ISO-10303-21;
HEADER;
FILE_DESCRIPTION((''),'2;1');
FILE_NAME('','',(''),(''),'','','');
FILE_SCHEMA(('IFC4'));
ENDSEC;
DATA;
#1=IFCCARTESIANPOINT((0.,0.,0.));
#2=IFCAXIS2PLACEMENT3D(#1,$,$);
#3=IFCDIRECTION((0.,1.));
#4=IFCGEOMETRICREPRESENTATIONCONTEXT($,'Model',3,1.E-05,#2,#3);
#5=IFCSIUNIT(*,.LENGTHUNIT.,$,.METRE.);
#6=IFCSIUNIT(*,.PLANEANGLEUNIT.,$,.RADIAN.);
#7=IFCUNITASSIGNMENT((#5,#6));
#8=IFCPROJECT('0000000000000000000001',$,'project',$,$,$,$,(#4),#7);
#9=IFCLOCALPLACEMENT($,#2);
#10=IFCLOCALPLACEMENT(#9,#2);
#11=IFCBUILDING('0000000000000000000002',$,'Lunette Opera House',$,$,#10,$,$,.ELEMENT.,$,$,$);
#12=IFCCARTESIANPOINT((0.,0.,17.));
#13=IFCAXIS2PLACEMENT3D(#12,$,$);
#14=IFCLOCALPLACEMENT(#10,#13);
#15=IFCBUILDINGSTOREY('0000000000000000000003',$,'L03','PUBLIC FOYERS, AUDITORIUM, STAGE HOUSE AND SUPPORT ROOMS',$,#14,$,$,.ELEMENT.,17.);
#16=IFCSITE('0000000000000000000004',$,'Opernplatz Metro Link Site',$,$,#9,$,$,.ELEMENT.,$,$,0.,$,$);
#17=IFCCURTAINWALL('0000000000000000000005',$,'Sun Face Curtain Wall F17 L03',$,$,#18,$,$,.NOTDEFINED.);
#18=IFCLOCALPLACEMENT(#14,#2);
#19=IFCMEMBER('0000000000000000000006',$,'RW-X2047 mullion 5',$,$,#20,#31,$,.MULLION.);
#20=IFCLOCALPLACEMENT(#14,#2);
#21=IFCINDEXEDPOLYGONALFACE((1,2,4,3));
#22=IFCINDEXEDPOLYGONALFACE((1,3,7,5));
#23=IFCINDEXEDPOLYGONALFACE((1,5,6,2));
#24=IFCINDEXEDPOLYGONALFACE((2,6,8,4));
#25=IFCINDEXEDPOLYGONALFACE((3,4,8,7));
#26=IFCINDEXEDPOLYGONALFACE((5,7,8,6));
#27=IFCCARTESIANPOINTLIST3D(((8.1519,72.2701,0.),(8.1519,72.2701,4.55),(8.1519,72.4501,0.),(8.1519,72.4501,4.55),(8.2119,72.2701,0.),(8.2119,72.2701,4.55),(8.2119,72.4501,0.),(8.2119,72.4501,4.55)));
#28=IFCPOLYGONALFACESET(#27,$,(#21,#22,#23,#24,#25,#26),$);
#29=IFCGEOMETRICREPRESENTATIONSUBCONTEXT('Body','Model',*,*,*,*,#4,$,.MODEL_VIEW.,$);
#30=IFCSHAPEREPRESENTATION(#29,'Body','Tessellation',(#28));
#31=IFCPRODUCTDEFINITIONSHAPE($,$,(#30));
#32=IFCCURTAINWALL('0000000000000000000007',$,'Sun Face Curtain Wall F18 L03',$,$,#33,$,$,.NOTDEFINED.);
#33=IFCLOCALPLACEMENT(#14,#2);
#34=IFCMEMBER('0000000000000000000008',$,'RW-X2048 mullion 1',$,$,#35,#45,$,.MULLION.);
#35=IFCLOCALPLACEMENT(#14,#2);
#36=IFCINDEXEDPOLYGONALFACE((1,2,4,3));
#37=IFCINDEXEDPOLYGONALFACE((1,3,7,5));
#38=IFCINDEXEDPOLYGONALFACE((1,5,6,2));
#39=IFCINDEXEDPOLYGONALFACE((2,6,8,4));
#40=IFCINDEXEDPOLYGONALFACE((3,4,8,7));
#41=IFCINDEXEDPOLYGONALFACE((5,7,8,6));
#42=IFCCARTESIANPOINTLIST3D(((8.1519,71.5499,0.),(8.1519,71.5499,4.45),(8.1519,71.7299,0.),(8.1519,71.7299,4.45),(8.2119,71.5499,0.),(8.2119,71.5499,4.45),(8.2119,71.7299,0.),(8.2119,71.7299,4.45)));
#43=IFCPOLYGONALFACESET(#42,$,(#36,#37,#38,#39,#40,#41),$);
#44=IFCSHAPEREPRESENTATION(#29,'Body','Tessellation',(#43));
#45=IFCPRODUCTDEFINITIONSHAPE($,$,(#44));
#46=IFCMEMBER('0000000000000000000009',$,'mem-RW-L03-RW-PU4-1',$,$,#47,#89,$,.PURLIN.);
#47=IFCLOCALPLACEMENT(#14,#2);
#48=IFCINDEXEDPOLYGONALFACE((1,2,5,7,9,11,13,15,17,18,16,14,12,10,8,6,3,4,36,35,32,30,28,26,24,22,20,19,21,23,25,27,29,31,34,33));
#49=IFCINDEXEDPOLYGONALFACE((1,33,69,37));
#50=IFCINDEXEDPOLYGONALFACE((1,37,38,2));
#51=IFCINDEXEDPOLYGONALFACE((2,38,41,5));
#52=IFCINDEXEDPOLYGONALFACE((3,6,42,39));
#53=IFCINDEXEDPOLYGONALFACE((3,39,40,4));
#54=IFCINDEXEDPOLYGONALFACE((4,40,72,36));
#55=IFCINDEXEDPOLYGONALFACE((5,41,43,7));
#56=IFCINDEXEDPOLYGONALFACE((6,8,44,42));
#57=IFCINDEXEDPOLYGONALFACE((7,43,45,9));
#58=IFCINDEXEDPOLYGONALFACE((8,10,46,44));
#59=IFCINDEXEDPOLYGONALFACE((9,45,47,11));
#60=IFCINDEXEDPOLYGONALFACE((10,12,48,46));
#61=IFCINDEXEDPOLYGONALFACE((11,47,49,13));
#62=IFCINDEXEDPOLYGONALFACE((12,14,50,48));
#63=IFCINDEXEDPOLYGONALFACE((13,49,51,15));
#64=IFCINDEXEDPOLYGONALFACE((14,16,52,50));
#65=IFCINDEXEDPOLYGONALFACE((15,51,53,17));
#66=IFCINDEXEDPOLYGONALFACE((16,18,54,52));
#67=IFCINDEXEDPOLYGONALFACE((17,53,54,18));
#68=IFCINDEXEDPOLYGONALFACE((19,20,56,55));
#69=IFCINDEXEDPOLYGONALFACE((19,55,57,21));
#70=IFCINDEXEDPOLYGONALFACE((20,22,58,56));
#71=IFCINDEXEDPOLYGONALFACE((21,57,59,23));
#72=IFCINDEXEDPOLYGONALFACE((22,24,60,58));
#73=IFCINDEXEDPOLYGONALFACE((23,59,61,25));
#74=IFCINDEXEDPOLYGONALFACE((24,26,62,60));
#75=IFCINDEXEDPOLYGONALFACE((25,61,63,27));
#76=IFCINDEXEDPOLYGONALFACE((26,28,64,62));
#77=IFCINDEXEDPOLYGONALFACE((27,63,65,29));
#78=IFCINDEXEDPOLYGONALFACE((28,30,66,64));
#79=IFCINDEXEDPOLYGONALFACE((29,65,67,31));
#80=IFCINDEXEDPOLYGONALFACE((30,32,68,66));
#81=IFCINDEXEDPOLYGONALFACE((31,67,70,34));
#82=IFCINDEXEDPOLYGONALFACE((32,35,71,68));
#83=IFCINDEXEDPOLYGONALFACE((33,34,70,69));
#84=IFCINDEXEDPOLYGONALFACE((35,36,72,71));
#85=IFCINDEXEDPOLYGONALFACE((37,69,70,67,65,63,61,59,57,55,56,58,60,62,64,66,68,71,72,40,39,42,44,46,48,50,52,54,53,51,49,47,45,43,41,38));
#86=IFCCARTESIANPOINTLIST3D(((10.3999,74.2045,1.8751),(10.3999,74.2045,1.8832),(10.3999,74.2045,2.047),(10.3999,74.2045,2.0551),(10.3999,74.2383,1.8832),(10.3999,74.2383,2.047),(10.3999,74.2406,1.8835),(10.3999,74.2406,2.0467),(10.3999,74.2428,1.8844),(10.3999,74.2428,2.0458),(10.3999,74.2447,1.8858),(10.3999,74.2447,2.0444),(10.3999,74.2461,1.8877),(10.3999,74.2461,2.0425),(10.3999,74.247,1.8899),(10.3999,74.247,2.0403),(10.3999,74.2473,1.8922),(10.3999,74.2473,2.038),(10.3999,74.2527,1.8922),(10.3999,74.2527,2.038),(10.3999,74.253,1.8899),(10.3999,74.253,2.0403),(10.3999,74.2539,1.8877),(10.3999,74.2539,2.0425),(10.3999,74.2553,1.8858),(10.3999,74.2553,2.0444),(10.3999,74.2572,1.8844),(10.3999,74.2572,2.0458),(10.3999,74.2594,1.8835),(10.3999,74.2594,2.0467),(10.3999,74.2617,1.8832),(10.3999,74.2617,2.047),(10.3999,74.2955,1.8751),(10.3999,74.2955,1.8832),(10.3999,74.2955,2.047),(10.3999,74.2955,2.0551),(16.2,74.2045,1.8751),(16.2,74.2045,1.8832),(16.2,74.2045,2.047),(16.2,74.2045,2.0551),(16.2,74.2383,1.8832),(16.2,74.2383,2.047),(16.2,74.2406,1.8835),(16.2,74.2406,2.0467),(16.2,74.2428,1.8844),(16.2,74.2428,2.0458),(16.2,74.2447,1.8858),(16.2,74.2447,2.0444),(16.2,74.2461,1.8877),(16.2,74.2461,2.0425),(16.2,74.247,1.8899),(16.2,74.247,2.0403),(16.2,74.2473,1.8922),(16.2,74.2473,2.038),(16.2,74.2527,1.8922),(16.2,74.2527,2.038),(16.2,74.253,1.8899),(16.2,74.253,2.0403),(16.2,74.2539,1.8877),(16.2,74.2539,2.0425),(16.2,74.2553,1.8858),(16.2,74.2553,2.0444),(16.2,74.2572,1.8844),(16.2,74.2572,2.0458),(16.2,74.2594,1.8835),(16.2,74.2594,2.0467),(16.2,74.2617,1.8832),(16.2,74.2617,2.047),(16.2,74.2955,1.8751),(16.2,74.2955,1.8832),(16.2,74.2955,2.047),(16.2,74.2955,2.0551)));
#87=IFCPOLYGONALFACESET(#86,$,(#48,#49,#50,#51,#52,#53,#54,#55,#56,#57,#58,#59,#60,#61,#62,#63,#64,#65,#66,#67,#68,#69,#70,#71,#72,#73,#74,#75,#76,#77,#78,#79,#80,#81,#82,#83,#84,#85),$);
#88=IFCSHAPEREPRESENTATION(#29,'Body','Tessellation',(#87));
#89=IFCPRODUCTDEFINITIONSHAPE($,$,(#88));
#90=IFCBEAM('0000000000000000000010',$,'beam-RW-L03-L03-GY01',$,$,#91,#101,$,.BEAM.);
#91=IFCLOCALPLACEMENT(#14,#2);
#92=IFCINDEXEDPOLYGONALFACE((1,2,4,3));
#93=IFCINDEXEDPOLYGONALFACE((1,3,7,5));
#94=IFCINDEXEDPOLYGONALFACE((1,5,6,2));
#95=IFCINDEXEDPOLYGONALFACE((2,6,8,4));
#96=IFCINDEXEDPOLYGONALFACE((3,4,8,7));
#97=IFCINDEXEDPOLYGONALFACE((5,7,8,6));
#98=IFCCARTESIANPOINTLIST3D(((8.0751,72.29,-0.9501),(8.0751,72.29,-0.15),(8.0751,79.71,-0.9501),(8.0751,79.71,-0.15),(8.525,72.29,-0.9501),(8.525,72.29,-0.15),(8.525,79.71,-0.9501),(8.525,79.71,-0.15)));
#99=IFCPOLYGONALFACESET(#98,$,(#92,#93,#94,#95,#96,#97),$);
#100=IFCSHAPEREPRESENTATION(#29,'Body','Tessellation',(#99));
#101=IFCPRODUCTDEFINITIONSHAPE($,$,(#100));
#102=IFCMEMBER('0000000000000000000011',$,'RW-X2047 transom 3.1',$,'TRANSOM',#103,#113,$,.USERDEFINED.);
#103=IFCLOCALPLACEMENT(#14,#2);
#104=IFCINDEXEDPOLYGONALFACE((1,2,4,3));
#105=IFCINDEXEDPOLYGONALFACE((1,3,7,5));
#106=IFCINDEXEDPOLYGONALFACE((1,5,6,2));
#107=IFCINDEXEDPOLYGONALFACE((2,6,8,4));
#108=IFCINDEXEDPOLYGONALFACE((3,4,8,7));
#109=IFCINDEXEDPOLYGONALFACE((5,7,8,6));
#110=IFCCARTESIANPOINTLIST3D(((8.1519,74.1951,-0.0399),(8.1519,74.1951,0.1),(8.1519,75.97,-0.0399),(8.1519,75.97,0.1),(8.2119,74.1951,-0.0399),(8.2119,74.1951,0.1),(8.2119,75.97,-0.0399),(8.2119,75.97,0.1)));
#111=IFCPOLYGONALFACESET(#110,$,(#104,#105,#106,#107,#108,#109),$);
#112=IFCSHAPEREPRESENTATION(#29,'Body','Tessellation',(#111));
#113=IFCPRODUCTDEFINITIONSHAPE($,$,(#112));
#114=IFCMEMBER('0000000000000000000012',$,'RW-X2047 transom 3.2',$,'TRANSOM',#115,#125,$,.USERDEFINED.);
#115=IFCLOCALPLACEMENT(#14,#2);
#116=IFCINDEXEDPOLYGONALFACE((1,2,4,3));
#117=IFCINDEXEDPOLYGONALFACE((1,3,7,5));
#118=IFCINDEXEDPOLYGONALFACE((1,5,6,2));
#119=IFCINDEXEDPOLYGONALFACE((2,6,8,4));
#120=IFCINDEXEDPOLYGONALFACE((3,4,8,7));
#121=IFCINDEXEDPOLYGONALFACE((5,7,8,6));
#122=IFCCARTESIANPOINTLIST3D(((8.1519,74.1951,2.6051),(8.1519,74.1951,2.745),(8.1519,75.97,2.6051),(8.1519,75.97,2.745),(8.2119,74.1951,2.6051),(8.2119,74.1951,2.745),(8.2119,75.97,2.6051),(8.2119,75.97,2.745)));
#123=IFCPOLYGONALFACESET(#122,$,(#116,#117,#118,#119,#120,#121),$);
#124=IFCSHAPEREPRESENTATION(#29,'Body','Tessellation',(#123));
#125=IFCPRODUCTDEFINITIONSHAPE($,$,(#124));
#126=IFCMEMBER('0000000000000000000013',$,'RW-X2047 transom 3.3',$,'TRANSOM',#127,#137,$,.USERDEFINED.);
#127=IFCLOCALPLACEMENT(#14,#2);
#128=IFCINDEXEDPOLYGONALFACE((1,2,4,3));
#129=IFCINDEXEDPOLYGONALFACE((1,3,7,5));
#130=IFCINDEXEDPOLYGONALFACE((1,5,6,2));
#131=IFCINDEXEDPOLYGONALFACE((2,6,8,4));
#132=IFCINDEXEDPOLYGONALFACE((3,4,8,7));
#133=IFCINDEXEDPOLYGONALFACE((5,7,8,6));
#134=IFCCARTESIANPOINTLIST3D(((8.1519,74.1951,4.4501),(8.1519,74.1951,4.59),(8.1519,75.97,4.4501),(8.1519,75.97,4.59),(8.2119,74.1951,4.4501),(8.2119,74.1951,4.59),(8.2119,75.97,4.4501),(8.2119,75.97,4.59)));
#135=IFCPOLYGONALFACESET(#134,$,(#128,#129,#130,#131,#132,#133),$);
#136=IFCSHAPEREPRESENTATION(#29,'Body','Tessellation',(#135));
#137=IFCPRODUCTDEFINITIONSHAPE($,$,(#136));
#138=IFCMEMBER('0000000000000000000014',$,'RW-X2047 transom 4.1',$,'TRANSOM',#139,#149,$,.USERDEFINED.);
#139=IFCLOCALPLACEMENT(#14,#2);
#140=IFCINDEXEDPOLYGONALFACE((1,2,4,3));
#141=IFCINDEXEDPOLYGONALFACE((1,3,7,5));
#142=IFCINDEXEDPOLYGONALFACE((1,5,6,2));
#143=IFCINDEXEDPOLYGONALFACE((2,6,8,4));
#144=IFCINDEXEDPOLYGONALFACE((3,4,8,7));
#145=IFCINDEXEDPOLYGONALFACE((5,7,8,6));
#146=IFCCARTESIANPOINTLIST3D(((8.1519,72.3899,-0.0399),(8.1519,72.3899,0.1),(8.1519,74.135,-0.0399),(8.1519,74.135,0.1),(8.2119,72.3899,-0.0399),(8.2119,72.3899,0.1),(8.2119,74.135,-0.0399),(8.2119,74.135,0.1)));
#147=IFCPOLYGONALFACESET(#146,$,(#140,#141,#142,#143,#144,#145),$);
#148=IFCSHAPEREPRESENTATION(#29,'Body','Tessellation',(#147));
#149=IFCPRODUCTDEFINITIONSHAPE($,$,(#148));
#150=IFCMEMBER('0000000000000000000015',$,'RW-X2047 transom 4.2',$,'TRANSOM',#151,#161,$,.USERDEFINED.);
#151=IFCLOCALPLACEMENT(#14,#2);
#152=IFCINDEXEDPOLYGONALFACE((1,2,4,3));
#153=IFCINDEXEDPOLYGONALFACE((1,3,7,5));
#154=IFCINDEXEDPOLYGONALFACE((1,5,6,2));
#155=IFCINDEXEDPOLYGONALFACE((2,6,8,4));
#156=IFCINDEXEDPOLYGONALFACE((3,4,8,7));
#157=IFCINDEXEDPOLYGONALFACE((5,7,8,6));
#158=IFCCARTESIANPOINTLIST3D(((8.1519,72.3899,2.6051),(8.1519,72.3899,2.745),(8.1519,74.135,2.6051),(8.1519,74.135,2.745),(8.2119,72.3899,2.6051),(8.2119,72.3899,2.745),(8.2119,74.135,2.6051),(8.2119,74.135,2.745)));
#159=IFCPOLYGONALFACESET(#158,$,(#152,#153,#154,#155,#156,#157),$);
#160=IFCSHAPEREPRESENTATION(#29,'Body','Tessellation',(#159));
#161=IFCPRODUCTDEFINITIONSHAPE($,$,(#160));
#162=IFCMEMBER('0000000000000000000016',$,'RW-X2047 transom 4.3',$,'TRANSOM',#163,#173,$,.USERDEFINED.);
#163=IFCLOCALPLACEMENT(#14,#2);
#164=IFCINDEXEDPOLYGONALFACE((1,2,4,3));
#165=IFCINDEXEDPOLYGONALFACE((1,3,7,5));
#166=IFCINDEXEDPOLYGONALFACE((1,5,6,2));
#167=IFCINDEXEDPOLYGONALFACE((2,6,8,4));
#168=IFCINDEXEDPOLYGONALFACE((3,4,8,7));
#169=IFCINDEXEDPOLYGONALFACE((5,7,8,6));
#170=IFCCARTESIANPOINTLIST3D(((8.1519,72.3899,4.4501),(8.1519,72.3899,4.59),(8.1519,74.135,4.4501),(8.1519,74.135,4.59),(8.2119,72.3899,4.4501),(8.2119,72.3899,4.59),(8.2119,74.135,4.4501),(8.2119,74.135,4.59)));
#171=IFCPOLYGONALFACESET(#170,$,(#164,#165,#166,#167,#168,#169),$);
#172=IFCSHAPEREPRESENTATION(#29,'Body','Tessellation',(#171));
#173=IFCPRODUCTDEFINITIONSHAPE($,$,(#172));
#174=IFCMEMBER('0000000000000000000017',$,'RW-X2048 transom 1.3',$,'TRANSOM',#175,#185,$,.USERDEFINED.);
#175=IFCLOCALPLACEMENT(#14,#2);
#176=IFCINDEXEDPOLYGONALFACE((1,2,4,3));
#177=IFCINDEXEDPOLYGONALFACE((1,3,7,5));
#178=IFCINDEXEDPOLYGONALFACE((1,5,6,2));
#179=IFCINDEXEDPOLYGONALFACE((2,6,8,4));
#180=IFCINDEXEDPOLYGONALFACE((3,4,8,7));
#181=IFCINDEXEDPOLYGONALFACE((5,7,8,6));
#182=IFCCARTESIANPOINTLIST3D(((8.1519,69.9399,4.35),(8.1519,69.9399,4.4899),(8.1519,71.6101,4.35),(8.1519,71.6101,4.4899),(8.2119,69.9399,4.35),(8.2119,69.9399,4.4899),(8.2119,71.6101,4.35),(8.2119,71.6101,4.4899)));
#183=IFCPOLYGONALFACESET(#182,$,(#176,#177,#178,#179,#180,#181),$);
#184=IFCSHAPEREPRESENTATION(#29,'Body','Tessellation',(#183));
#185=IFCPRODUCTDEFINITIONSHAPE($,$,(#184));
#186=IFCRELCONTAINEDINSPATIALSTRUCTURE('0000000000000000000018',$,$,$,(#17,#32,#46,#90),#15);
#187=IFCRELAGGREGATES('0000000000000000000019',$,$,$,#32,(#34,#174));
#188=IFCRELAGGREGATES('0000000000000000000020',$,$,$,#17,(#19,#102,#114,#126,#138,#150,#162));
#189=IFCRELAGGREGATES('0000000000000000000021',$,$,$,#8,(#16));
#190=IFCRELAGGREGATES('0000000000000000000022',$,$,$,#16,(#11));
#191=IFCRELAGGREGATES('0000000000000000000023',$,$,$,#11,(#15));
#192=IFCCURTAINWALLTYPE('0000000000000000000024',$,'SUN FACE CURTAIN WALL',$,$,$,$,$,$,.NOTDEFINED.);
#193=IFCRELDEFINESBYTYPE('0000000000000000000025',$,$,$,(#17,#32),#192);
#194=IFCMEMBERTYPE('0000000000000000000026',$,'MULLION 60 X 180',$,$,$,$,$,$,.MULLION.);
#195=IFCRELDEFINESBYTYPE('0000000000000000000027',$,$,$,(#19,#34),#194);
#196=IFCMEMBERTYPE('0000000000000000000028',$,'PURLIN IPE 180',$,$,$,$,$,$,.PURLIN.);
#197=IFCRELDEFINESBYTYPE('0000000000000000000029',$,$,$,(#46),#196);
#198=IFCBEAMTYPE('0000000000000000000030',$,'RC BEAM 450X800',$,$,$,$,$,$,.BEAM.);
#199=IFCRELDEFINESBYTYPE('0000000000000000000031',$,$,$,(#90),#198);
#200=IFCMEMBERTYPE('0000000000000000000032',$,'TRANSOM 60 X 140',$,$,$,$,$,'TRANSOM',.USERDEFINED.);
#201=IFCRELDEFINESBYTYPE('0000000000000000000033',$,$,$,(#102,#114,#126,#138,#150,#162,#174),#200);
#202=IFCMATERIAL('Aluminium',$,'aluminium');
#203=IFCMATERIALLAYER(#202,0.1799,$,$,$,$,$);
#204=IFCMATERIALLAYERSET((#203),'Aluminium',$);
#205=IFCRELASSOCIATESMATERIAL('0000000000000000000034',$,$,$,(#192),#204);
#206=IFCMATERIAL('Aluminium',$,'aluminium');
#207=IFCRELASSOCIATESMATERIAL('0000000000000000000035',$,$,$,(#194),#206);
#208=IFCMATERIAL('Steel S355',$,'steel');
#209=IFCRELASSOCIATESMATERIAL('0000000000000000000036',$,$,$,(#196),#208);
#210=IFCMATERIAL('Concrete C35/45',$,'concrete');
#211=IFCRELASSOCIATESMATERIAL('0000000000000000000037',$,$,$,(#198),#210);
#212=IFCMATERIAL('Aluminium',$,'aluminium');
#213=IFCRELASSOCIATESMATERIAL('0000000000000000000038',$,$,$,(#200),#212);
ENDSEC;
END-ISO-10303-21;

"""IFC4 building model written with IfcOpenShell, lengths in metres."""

from ifc_helpers import new_model, si_unit, direction, frame, origin, origin_2d, place, context, subcontext, project, spatial, rectangle, i_section, extrude, material, layer, layer_set, material_profile, profile_set, type_object, element, aggregate, save


model = new_model("IFC4")

# Units and contexts
model_context = context("Model", 3, precision=1e-05, world=origin(), true_north=direction((0.0, 1.0)))
body_context = subcontext(model_context, "Body", "Model", "MODEL_VIEW")
ifc_project = project(units=[si_unit("LENGTHUNIT", "METRE"), si_unit("PLANEANGLEUNIT", "RADIAN")], contexts=[model_context])

# Site, building, storey
site_placement = place(None, origin())
site = spatial("IfcSite", under=ifc_project, at=site_placement, Name="Opernplatz Metro Link Site", CompositionType="ELEMENT", RefElevation=0.0)
building_placement = place(site_placement, origin())
building = spatial("IfcBuilding", under=site, at=building_placement, Name="Lunette Opera House", CompositionType="ELEMENT")
storey_placement = place(building_placement, frame((0.0, 0.0, 17.0)))
storey = spatial("IfcBuildingStorey", under=building, at=storey_placement, Name="L03", Description="PUBLIC FOYERS, AUDITORIUM, STAGE HOUSE AND SUPPORT ROOMS", CompositionType="ELEMENT", Elevation=17.0)

# Curtain wall, member
ifc_material_1 = material(Name="Aluminium", Category="aluminium")
ifc_layer_1 = layer(ifc_material_1, 0.1799)
ifc_layer_set_1 = layer_set([ifc_layer_1], Name="Aluminium")
curtain_wall_type = type_object("IfcCurtainWallType", Name="SUN FACE CURTAIN WALL", PredefinedType="NOTDEFINED", material=ifc_layer_set_1)
curtain_wall_1_placement = place(storey_placement, origin())
curtain_wall_1 = element("IfcCurtainWall", 1, at=curtain_wall_1_placement, inside=storey, type_object=curtain_wall_type, Name="Sun Face Curtain Wall F17 L03", PredefinedType="NOTDEFINED")
ifc_material_2 = material(Name="Aluminium", Category="aluminium")
ifc_material_profile_1 = material_profile(ifc_material_2, rectangle(XDim=0.0601, YDim=0.1799, at=origin_2d()), Name="MULLION 60 X 180")
ifc_profile_set_1 = profile_set([ifc_material_profile_1], Name="Aluminium")
member_type_1 = type_object("IfcMemberType", Name="MULLION 60 X 180", PredefinedType="MULLION", material=ifc_profile_set_1)
member_1_placement = place(storey_placement, frame((8.1819, 72.3601, 0.0), z_axis=(0.0, 0.0, 1.0), x_axis=(1.0, 0.0, 0.0)))
member_1 = element("IfcMember", 2, at=member_1_placement, type_object=member_type_1, Name="RW-X2047 mullion 5", PredefinedType="MULLION", context=body_context, shape_type="SweptSolid", body=[
    extrude(rectangle(XDim=0.0601, YDim=0.1799, at=origin_2d()), origin(), (0.0, 0.0, 1.0), 4.55),
])

# Curtain wall, member
curtain_wall_2_placement = place(storey_placement, origin())
curtain_wall_2 = element("IfcCurtainWall", 3, at=curtain_wall_2_placement, inside=storey, type_object=curtain_wall_type, Name="Sun Face Curtain Wall F18 L03", PredefinedType="NOTDEFINED")
member_2_placement = place(storey_placement, frame((8.1819, 71.6399, 0.0), z_axis=(0.0, 0.0, 1.0), x_axis=(1.0, 0.0, 0.0)))
member_2 = element("IfcMember", 4, at=member_2_placement, type_object=member_type_1, Name="RW-X2048 mullion 1", PredefinedType="MULLION", context=body_context, shape_type="SweptSolid", body=[
    extrude(rectangle(XDim=0.0601, YDim=0.1799, at=origin_2d()), origin(), (0.0, 0.0, 1.0), 4.45),
])

# Member
ifc_material_3 = material(Name="Steel S355", Category="steel")
ifc_material_profile_2 = material_profile(ifc_material_3, i_section(OverallWidth=0.0911, OverallDepth=0.1799, WebThickness=0.0054, FlangeThickness=0.0081, FilletRadius=0.009, at=origin_2d()), Name="IPE 180")
ifc_profile_set_2 = profile_set([ifc_material_profile_2], Name="Steel S355")
member_type_2 = type_object("IfcMemberType", Name="PURLIN IPE 180", PredefinedType="PURLIN", material=ifc_profile_set_2)
member_3_placement = place(storey_placement, frame((10.3999, 74.25, 1.9651), z_axis=(1.0, 0.0, 0.0), x_axis=(0.0, 1.0, 0.0)))
element("IfcMember", 5, at=member_3_placement, inside=storey, type_object=member_type_2, Name="mem-RW-L03-RW-PU4-1", PredefinedType="PURLIN", context=body_context, shape_type="SweptSolid", body=[
    extrude(i_section(OverallWidth=0.0911, OverallDepth=0.1799, WebThickness=0.0054, FlangeThickness=0.0081, FilletRadius=0.009, at=origin_2d()), origin(), (0.0, 0.0, 1.0), 5.8),
])

# Beam
ifc_material_4 = material(Name="Concrete C35/45", Category="concrete")
ifc_material_profile_3 = material_profile(ifc_material_4, rectangle(XDim=0.45, YDim=0.8, at=origin_2d()), Name="RC BEAM 450X800")
ifc_profile_set_3 = profile_set([ifc_material_profile_3], Name="Concrete C35/45")
beam_type = type_object("IfcBeamType", Name="RC BEAM 450X800", PredefinedType="BEAM", material=ifc_profile_set_3)
beam_placement = place(storey_placement, frame((8.3, 72.29, -0.55), z_axis=(0.0, 1.0, 0.0), x_axis=(-1.0, 0.0, 0.0)))
element("IfcBeam", 6, at=beam_placement, inside=storey, type_object=beam_type, Name="beam-RW-L03-L03-GY01", PredefinedType="BEAM", context=body_context, shape_type="SweptSolid", body=[
    extrude(rectangle(XDim=0.45, YDim=0.8, at=origin_2d()), origin(), (0.0, 0.0, 1.0), 7.4199),
])

# Members
ifc_material_5 = material(Name="Aluminium", Category="aluminium")
ifc_material_profile_4 = material_profile(ifc_material_5, rectangle(XDim=0.0601, YDim=0.1399, at=origin_2d()), Name="TRANSOM 60 X 140")
ifc_profile_set_4 = profile_set([ifc_material_profile_4], Name="Aluminium")
member_type_3 = type_object("IfcMemberType", Name="TRANSOM 60 X 140", ElementType="TRANSOM", PredefinedType="USERDEFINED", material=ifc_profile_set_4)
member_4_placement = place(storey_placement, frame((8.1819, 75.97, 0.03), z_axis=(0.0, -1.0, 0.0), x_axis=(1.0, 0.0, 0.0)))
member_4 = element("IfcMember", 7, at=member_4_placement, type_object=member_type_3, Name="RW-X2047 transom 3.1", ObjectType="TRANSOM", PredefinedType="USERDEFINED", context=body_context, shape_type="SweptSolid", body=[
    extrude(rectangle(XDim=0.0601, YDim=0.1399, at=origin_2d()), origin(), (0.0, 0.0, 1.0), 1.7749),
])
member_5_placement = place(storey_placement, frame((8.1819, 75.97, 2.675), z_axis=(0.0, -1.0, 0.0), x_axis=(1.0, 0.0, 0.0)))
member_5 = element("IfcMember", 8, at=member_5_placement, type_object=member_type_3, Name="RW-X2047 transom 3.2", ObjectType="TRANSOM", PredefinedType="USERDEFINED", context=body_context, shape_type="SweptSolid", body=[
    extrude(rectangle(XDim=0.0601, YDim=0.1399, at=origin_2d()), origin(), (0.0, 0.0, 1.0), 1.7749),
])
member_6_placement = place(storey_placement, frame((8.1819, 75.97, 4.52), z_axis=(0.0, -1.0, 0.0), x_axis=(1.0, 0.0, 0.0)))
member_6 = element("IfcMember", 9, at=member_6_placement, type_object=member_type_3, Name="RW-X2047 transom 3.3", ObjectType="TRANSOM", PredefinedType="USERDEFINED", context=body_context, shape_type="SweptSolid", body=[
    extrude(rectangle(XDim=0.0601, YDim=0.1399, at=origin_2d()), origin(), (0.0, 0.0, 1.0), 1.7749),
])
member_7_placement = place(storey_placement, frame((8.1819, 74.135, 0.03), z_axis=(0.0, -1.0, 0.0), x_axis=(1.0, 0.0, 0.0)))
member_7 = element("IfcMember", 10, at=member_7_placement, type_object=member_type_3, Name="RW-X2047 transom 4.1", ObjectType="TRANSOM", PredefinedType="USERDEFINED", context=body_context, shape_type="SweptSolid", body=[
    extrude(rectangle(XDim=0.0601, YDim=0.1399, at=origin_2d()), origin(), (0.0, 0.0, 1.0), 1.7451),
])
member_8_placement = place(storey_placement, frame((8.1819, 74.135, 2.675), z_axis=(0.0, -1.0, 0.0), x_axis=(1.0, 0.0, 0.0)))
member_8 = element("IfcMember", 11, at=member_8_placement, type_object=member_type_3, Name="RW-X2047 transom 4.2", ObjectType="TRANSOM", PredefinedType="USERDEFINED", context=body_context, shape_type="SweptSolid", body=[
    extrude(rectangle(XDim=0.0601, YDim=0.1399, at=origin_2d()), origin(), (0.0, 0.0, 1.0), 1.7451),
])
member_9_placement = place(storey_placement, frame((8.1819, 74.135, 4.52), z_axis=(0.0, -1.0, 0.0), x_axis=(1.0, 0.0, 0.0)))
member_9 = element("IfcMember", 12, at=member_9_placement, type_object=member_type_3, Name="RW-X2047 transom 4.3", ObjectType="TRANSOM", PredefinedType="USERDEFINED", context=body_context, shape_type="SweptSolid", body=[
    extrude(rectangle(XDim=0.0601, YDim=0.1399, at=origin_2d()), origin(), (0.0, 0.0, 1.0), 1.7451),
])
member_10_placement = place(storey_placement, frame((8.1819, 71.6101, 4.4199), z_axis=(0.0, -1.0, 0.0), x_axis=(1.0, 0.0, 0.0)))
member_10 = element("IfcMember", 13, at=member_10_placement, type_object=member_type_3, Name="RW-X2048 transom 1.3", ObjectType="TRANSOM", PredefinedType="USERDEFINED", context=body_context, shape_type="SweptSolid", body=[
    extrude(rectangle(XDim=0.0601, YDim=0.1399, at=origin_2d()), origin(), (0.0, 0.0, 1.0), 1.6702),
])
aggregate(curtain_wall_2, [member_2, member_10])

aggregate(curtain_wall_1, [member_1, member_4, member_5, member_6, member_7, member_8, member_9])

save(model, "model.ifc")
